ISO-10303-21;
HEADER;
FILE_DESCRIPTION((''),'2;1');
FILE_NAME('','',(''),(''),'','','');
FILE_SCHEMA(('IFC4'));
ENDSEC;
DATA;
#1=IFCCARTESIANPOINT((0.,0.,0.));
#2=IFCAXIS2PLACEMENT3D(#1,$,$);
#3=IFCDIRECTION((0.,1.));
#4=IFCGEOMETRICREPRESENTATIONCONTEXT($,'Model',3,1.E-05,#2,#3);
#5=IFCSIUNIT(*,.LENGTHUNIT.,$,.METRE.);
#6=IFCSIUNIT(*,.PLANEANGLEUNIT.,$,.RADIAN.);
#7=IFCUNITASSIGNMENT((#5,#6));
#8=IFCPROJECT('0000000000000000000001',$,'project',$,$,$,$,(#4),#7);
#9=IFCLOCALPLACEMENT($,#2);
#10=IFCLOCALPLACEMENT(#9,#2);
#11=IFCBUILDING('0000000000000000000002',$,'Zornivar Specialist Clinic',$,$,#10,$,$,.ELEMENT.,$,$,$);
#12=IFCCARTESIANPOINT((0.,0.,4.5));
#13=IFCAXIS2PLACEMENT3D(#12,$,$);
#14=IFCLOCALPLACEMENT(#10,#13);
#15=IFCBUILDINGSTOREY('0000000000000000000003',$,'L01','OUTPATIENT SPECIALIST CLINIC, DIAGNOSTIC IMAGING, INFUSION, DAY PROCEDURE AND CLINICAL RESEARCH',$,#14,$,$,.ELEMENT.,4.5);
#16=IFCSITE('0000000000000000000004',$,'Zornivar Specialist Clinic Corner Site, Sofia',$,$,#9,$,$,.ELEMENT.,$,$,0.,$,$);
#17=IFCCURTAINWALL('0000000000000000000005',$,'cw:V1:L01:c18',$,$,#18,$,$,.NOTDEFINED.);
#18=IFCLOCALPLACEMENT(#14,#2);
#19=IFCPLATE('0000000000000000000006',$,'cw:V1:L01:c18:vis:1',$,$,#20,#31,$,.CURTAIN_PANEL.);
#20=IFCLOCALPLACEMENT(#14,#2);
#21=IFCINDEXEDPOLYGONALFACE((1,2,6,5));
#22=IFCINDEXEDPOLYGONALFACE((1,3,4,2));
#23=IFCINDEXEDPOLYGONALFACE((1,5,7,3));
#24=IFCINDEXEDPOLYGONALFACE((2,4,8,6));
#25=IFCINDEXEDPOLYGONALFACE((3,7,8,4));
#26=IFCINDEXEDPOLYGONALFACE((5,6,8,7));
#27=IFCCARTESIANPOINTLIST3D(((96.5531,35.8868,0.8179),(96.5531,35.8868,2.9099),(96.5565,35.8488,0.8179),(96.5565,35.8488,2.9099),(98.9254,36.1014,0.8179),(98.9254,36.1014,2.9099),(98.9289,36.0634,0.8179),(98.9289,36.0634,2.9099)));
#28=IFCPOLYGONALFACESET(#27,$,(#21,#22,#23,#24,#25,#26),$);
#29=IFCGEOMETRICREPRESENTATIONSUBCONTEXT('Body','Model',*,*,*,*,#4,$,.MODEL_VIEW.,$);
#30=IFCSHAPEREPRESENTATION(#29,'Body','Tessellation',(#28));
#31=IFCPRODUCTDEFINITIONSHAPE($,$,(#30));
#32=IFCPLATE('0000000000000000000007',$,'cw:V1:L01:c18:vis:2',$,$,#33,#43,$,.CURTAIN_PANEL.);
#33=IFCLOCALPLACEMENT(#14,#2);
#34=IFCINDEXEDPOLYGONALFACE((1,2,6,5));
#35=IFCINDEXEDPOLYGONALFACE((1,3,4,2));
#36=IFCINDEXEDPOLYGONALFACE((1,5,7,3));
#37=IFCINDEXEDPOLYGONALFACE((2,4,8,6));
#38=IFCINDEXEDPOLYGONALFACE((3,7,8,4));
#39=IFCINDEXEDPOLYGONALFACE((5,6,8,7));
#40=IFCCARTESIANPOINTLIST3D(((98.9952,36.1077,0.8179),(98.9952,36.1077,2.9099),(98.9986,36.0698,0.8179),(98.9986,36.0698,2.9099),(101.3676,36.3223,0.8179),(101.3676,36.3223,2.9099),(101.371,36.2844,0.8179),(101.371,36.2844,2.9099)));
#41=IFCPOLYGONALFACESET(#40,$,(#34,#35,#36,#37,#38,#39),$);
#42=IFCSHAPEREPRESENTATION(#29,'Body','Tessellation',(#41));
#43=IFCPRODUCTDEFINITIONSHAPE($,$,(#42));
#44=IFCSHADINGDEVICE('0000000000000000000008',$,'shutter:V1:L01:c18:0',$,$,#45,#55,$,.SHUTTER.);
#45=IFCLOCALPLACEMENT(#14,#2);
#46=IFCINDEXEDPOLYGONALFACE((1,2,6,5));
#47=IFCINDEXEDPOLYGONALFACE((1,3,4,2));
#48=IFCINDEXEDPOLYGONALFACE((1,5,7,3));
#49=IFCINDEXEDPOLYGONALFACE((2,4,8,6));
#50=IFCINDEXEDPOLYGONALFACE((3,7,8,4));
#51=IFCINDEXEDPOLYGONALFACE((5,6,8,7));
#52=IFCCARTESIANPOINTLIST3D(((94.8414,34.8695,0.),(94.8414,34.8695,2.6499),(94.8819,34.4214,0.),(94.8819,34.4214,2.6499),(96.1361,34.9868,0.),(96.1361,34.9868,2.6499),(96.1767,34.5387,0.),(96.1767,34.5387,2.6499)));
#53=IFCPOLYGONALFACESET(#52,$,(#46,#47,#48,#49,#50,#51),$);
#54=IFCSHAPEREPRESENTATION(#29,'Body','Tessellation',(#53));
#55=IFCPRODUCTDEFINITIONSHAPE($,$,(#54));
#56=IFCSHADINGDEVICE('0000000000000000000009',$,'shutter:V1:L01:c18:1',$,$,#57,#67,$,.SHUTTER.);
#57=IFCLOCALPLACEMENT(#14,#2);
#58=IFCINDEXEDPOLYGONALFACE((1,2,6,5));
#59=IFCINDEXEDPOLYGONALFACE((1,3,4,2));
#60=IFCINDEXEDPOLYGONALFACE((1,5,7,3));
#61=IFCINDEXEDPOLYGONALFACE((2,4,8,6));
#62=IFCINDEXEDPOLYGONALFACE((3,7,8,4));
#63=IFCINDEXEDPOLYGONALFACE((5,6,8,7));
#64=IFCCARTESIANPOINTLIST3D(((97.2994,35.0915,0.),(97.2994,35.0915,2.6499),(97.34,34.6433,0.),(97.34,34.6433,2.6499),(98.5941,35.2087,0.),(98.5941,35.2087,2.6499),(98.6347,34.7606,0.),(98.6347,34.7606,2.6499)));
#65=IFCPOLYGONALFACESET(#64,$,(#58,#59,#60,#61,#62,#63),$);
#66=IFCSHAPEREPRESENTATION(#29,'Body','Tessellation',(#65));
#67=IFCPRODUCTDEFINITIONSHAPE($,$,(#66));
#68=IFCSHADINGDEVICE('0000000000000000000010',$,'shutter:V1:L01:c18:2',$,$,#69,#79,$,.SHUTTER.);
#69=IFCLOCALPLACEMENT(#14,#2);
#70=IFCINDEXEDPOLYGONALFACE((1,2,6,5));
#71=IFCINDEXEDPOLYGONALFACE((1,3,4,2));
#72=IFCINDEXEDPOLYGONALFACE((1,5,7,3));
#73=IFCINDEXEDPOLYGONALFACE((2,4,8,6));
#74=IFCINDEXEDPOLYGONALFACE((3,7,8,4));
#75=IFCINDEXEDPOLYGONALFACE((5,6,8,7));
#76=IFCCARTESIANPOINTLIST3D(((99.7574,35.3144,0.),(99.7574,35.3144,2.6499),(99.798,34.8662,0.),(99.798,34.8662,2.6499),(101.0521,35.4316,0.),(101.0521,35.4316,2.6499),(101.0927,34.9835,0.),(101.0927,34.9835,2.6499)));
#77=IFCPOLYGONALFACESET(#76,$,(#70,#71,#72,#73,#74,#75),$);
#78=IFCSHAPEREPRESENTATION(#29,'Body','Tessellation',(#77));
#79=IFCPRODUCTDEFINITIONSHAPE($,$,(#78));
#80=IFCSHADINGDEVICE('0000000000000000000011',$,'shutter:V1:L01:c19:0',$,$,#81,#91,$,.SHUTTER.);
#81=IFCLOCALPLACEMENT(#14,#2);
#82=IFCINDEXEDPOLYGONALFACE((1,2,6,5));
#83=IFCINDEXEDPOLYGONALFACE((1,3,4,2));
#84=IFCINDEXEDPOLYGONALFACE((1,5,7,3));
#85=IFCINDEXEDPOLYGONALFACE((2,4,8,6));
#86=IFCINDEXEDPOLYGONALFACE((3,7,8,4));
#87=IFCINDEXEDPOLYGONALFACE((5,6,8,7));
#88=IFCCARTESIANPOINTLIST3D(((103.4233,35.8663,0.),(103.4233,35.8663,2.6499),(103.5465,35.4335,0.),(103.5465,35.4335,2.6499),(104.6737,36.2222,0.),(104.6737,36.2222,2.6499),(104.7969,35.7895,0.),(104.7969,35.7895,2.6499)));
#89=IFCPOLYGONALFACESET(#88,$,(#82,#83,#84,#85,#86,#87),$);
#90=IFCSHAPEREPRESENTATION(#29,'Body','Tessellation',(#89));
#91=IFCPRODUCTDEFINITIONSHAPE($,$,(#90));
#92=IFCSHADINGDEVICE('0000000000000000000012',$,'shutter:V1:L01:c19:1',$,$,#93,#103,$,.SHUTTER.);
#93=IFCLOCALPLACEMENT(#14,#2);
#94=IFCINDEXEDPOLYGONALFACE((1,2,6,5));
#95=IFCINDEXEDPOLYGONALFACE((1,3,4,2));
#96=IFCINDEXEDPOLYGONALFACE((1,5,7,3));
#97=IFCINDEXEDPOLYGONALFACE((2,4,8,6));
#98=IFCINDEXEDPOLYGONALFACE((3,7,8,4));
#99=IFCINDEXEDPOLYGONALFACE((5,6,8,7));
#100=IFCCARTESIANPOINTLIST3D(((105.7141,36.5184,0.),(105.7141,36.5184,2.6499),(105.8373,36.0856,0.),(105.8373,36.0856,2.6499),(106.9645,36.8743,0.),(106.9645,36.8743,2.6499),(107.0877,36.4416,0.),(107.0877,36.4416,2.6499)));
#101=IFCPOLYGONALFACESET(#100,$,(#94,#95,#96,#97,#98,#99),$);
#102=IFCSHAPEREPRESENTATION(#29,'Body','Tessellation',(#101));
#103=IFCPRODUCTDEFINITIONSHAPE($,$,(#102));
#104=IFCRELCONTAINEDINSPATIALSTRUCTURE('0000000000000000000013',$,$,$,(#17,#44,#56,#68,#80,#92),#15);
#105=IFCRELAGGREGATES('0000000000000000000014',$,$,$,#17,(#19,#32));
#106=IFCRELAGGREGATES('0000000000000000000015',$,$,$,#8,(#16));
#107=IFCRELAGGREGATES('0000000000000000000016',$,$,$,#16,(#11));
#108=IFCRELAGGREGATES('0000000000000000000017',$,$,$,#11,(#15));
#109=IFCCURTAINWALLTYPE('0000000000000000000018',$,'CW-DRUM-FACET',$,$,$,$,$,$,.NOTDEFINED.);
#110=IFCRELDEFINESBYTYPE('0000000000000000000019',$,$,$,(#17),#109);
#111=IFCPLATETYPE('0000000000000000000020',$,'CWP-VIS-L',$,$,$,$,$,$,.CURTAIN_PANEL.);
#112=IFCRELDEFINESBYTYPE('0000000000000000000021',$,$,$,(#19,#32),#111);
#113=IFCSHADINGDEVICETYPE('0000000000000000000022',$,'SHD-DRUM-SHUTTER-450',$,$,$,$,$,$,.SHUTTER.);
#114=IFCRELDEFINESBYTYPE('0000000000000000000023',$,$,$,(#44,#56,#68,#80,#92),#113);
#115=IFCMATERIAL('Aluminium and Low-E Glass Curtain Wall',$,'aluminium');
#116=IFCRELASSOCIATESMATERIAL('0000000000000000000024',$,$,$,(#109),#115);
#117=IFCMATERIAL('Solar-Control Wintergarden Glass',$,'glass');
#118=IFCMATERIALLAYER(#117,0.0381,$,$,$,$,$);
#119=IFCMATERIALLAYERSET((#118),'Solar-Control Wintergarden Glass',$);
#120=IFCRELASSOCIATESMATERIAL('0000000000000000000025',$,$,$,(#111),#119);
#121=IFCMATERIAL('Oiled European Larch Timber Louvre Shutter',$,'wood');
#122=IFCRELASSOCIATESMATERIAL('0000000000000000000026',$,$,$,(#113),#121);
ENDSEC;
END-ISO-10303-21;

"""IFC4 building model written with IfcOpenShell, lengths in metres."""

from ifc_helpers import new_model, si_unit, direction, frame, origin, origin_2d, place, context, subcontext, project, spatial, rectangle, extrude, material, layer, layer_set, type_object, element, aggregate, save


model = new_model("IFC4")

# Units and contexts
model_context = context("Model", 3, precision=1e-05, world=origin(), true_north=direction((0.0, 1.0)))
body_context = subcontext(model_context, "Body", "Model", "MODEL_VIEW")
ifc_project = project(units=[si_unit("LENGTHUNIT", "METRE"), si_unit("PLANEANGLEUNIT", "RADIAN")], contexts=[model_context])

# Site, building, storey
site_placement = place(None, origin())
site = spatial("IfcSite", under=ifc_project, at=site_placement, Name="Zornivar Specialist Clinic Corner Site, Sofia", CompositionType="ELEMENT", RefElevation=0.0)
building_placement = place(site_placement, origin())
building = spatial("IfcBuilding", under=site, at=building_placement, Name="Zornivar Specialist Clinic", CompositionType="ELEMENT")
storey_placement = place(building_placement, frame((0.0, 0.0, 4.5)))
storey = spatial("IfcBuildingStorey", under=building, at=storey_placement, Name="L01", Description="OUTPATIENT SPECIALIST CLINIC, DIAGNOSTIC IMAGING, INFUSION, DAY PROCEDURE AND CLINICAL RESEARCH", CompositionType="ELEMENT", Elevation=4.5)

# Curtain wall
ifc_material_1 = material(Name="Aluminium and Low-E Glass Curtain Wall", Category="aluminium")
curtain_wall_type = type_object("IfcCurtainWallType", Name="CW-DRUM-FACET", PredefinedType="NOTDEFINED", material=ifc_material_1)
curtain_wall_1_placement = place(storey_placement, origin())
curtain_wall_1 = element("IfcCurtainWall", 1, at=curtain_wall_1_placement, inside=storey, type_object=curtain_wall_type, Name="cw:V1:L01:c18", PredefinedType="NOTDEFINED")

# Plates
ifc_material_2 = material(Name="Solar-Control Wintergarden Glass", Category="glass")
ifc_layer_1 = layer(ifc_material_2, 0.0381)
ifc_layer_set_1 = layer_set([ifc_layer_1], Name="Solar-Control Wintergarden Glass")
plate_type_1 = type_object("IfcPlateType", Name="CWP-VIS-L", PredefinedType="CURTAIN_PANEL", material=ifc_layer_set_1)
plate_1_placement = place(storey_placement, frame((97.741, 35.9751, 0.8179), z_axis=(0.0, 0.0, 1.0), x_axis=(0.995933, 0.090099, 0.0)))
plate_1 = element("IfcPlate", 2, at=plate_1_placement, type_object=plate_type_1, Name="cw:V1:L01:c18:vis:1", PredefinedType="CURTAIN_PANEL", context=body_context, shape_type="SweptSolid", body=[
    extrude(rectangle(XDim=2.3821, YDim=0.0381, at=origin_2d()), origin(), (0.0, 0.0, 1.0), 2.092),
])
plate_2_placement = place(storey_placement, frame((100.1831, 36.196, 0.8179), z_axis=(0.0, 0.0, 1.0), x_axis=(0.995933, 0.090099, 0.0)))
plate_2 = element("IfcPlate", 3, at=plate_2_placement, type_object=plate_type_1, Name="cw:V1:L01:c18:vis:2", PredefinedType="CURTAIN_PANEL", context=body_context, shape_type="SweptSolid", body=[
    extrude(rectangle(XDim=2.3821, YDim=0.0381, at=origin_2d()), origin(), (0.0, 0.0, 1.0), 2.092),
])
aggregate(curtain_wall_1, [plate_1, plate_2])

# Shading devices
ifc_material_3 = material(Name="Oiled European Larch Timber Louvre Shutter", Category="wood")
shading_device_type = type_object("IfcShadingDeviceType", Name="SHD-DRUM-SHUTTER-450", PredefinedType="SHUTTER", material=ifc_material_3)
for number, where, z_axis, x_axis, name in (
    (4, (95.509, 34.7041, 0.0), (0.0, 0.0, 1.0), (0.995925, 0.090188, 0.0), "shutter:V1:L01:c18:0"),
    (5, (97.967, 34.926, 0.0), (0.0, 0.0, 1.0), (0.995925, 0.090188, 0.0), "shutter:V1:L01:c18:1"),
    (6, (100.425, 35.1489, 0.0), (0.0, 0.0, 1.0), (0.995925, 0.090188, 0.0), "shutter:V1:L01:c18:2"),
    (7, (104.1101, 35.8279, 0.0), (0.0, 0.0, 1.0), (0.961785, 0.273805, 0.0), "shutter:V1:L01:c19:0"),
    (8, (106.4009, 36.48, 0.0), (0.0, 0.0, 1.0), (0.961785, 0.273805, 0.0), "shutter:V1:L01:c19:1"),
):
    element("IfcShadingDevice", number, at=place(storey_placement, frame(where, z_axis=z_axis, x_axis=x_axis)), inside=storey, type_object=shading_device_type, Name=name, PredefinedType="SHUTTER", context=body_context, shape_type="SweptSolid", body=[
        extrude(rectangle(XDim=1.3, YDim=0.45, at=origin_2d()), origin(), (0.0, 0.0, 1.0), 2.6499),
    ])

save(model, "model.ifc")
